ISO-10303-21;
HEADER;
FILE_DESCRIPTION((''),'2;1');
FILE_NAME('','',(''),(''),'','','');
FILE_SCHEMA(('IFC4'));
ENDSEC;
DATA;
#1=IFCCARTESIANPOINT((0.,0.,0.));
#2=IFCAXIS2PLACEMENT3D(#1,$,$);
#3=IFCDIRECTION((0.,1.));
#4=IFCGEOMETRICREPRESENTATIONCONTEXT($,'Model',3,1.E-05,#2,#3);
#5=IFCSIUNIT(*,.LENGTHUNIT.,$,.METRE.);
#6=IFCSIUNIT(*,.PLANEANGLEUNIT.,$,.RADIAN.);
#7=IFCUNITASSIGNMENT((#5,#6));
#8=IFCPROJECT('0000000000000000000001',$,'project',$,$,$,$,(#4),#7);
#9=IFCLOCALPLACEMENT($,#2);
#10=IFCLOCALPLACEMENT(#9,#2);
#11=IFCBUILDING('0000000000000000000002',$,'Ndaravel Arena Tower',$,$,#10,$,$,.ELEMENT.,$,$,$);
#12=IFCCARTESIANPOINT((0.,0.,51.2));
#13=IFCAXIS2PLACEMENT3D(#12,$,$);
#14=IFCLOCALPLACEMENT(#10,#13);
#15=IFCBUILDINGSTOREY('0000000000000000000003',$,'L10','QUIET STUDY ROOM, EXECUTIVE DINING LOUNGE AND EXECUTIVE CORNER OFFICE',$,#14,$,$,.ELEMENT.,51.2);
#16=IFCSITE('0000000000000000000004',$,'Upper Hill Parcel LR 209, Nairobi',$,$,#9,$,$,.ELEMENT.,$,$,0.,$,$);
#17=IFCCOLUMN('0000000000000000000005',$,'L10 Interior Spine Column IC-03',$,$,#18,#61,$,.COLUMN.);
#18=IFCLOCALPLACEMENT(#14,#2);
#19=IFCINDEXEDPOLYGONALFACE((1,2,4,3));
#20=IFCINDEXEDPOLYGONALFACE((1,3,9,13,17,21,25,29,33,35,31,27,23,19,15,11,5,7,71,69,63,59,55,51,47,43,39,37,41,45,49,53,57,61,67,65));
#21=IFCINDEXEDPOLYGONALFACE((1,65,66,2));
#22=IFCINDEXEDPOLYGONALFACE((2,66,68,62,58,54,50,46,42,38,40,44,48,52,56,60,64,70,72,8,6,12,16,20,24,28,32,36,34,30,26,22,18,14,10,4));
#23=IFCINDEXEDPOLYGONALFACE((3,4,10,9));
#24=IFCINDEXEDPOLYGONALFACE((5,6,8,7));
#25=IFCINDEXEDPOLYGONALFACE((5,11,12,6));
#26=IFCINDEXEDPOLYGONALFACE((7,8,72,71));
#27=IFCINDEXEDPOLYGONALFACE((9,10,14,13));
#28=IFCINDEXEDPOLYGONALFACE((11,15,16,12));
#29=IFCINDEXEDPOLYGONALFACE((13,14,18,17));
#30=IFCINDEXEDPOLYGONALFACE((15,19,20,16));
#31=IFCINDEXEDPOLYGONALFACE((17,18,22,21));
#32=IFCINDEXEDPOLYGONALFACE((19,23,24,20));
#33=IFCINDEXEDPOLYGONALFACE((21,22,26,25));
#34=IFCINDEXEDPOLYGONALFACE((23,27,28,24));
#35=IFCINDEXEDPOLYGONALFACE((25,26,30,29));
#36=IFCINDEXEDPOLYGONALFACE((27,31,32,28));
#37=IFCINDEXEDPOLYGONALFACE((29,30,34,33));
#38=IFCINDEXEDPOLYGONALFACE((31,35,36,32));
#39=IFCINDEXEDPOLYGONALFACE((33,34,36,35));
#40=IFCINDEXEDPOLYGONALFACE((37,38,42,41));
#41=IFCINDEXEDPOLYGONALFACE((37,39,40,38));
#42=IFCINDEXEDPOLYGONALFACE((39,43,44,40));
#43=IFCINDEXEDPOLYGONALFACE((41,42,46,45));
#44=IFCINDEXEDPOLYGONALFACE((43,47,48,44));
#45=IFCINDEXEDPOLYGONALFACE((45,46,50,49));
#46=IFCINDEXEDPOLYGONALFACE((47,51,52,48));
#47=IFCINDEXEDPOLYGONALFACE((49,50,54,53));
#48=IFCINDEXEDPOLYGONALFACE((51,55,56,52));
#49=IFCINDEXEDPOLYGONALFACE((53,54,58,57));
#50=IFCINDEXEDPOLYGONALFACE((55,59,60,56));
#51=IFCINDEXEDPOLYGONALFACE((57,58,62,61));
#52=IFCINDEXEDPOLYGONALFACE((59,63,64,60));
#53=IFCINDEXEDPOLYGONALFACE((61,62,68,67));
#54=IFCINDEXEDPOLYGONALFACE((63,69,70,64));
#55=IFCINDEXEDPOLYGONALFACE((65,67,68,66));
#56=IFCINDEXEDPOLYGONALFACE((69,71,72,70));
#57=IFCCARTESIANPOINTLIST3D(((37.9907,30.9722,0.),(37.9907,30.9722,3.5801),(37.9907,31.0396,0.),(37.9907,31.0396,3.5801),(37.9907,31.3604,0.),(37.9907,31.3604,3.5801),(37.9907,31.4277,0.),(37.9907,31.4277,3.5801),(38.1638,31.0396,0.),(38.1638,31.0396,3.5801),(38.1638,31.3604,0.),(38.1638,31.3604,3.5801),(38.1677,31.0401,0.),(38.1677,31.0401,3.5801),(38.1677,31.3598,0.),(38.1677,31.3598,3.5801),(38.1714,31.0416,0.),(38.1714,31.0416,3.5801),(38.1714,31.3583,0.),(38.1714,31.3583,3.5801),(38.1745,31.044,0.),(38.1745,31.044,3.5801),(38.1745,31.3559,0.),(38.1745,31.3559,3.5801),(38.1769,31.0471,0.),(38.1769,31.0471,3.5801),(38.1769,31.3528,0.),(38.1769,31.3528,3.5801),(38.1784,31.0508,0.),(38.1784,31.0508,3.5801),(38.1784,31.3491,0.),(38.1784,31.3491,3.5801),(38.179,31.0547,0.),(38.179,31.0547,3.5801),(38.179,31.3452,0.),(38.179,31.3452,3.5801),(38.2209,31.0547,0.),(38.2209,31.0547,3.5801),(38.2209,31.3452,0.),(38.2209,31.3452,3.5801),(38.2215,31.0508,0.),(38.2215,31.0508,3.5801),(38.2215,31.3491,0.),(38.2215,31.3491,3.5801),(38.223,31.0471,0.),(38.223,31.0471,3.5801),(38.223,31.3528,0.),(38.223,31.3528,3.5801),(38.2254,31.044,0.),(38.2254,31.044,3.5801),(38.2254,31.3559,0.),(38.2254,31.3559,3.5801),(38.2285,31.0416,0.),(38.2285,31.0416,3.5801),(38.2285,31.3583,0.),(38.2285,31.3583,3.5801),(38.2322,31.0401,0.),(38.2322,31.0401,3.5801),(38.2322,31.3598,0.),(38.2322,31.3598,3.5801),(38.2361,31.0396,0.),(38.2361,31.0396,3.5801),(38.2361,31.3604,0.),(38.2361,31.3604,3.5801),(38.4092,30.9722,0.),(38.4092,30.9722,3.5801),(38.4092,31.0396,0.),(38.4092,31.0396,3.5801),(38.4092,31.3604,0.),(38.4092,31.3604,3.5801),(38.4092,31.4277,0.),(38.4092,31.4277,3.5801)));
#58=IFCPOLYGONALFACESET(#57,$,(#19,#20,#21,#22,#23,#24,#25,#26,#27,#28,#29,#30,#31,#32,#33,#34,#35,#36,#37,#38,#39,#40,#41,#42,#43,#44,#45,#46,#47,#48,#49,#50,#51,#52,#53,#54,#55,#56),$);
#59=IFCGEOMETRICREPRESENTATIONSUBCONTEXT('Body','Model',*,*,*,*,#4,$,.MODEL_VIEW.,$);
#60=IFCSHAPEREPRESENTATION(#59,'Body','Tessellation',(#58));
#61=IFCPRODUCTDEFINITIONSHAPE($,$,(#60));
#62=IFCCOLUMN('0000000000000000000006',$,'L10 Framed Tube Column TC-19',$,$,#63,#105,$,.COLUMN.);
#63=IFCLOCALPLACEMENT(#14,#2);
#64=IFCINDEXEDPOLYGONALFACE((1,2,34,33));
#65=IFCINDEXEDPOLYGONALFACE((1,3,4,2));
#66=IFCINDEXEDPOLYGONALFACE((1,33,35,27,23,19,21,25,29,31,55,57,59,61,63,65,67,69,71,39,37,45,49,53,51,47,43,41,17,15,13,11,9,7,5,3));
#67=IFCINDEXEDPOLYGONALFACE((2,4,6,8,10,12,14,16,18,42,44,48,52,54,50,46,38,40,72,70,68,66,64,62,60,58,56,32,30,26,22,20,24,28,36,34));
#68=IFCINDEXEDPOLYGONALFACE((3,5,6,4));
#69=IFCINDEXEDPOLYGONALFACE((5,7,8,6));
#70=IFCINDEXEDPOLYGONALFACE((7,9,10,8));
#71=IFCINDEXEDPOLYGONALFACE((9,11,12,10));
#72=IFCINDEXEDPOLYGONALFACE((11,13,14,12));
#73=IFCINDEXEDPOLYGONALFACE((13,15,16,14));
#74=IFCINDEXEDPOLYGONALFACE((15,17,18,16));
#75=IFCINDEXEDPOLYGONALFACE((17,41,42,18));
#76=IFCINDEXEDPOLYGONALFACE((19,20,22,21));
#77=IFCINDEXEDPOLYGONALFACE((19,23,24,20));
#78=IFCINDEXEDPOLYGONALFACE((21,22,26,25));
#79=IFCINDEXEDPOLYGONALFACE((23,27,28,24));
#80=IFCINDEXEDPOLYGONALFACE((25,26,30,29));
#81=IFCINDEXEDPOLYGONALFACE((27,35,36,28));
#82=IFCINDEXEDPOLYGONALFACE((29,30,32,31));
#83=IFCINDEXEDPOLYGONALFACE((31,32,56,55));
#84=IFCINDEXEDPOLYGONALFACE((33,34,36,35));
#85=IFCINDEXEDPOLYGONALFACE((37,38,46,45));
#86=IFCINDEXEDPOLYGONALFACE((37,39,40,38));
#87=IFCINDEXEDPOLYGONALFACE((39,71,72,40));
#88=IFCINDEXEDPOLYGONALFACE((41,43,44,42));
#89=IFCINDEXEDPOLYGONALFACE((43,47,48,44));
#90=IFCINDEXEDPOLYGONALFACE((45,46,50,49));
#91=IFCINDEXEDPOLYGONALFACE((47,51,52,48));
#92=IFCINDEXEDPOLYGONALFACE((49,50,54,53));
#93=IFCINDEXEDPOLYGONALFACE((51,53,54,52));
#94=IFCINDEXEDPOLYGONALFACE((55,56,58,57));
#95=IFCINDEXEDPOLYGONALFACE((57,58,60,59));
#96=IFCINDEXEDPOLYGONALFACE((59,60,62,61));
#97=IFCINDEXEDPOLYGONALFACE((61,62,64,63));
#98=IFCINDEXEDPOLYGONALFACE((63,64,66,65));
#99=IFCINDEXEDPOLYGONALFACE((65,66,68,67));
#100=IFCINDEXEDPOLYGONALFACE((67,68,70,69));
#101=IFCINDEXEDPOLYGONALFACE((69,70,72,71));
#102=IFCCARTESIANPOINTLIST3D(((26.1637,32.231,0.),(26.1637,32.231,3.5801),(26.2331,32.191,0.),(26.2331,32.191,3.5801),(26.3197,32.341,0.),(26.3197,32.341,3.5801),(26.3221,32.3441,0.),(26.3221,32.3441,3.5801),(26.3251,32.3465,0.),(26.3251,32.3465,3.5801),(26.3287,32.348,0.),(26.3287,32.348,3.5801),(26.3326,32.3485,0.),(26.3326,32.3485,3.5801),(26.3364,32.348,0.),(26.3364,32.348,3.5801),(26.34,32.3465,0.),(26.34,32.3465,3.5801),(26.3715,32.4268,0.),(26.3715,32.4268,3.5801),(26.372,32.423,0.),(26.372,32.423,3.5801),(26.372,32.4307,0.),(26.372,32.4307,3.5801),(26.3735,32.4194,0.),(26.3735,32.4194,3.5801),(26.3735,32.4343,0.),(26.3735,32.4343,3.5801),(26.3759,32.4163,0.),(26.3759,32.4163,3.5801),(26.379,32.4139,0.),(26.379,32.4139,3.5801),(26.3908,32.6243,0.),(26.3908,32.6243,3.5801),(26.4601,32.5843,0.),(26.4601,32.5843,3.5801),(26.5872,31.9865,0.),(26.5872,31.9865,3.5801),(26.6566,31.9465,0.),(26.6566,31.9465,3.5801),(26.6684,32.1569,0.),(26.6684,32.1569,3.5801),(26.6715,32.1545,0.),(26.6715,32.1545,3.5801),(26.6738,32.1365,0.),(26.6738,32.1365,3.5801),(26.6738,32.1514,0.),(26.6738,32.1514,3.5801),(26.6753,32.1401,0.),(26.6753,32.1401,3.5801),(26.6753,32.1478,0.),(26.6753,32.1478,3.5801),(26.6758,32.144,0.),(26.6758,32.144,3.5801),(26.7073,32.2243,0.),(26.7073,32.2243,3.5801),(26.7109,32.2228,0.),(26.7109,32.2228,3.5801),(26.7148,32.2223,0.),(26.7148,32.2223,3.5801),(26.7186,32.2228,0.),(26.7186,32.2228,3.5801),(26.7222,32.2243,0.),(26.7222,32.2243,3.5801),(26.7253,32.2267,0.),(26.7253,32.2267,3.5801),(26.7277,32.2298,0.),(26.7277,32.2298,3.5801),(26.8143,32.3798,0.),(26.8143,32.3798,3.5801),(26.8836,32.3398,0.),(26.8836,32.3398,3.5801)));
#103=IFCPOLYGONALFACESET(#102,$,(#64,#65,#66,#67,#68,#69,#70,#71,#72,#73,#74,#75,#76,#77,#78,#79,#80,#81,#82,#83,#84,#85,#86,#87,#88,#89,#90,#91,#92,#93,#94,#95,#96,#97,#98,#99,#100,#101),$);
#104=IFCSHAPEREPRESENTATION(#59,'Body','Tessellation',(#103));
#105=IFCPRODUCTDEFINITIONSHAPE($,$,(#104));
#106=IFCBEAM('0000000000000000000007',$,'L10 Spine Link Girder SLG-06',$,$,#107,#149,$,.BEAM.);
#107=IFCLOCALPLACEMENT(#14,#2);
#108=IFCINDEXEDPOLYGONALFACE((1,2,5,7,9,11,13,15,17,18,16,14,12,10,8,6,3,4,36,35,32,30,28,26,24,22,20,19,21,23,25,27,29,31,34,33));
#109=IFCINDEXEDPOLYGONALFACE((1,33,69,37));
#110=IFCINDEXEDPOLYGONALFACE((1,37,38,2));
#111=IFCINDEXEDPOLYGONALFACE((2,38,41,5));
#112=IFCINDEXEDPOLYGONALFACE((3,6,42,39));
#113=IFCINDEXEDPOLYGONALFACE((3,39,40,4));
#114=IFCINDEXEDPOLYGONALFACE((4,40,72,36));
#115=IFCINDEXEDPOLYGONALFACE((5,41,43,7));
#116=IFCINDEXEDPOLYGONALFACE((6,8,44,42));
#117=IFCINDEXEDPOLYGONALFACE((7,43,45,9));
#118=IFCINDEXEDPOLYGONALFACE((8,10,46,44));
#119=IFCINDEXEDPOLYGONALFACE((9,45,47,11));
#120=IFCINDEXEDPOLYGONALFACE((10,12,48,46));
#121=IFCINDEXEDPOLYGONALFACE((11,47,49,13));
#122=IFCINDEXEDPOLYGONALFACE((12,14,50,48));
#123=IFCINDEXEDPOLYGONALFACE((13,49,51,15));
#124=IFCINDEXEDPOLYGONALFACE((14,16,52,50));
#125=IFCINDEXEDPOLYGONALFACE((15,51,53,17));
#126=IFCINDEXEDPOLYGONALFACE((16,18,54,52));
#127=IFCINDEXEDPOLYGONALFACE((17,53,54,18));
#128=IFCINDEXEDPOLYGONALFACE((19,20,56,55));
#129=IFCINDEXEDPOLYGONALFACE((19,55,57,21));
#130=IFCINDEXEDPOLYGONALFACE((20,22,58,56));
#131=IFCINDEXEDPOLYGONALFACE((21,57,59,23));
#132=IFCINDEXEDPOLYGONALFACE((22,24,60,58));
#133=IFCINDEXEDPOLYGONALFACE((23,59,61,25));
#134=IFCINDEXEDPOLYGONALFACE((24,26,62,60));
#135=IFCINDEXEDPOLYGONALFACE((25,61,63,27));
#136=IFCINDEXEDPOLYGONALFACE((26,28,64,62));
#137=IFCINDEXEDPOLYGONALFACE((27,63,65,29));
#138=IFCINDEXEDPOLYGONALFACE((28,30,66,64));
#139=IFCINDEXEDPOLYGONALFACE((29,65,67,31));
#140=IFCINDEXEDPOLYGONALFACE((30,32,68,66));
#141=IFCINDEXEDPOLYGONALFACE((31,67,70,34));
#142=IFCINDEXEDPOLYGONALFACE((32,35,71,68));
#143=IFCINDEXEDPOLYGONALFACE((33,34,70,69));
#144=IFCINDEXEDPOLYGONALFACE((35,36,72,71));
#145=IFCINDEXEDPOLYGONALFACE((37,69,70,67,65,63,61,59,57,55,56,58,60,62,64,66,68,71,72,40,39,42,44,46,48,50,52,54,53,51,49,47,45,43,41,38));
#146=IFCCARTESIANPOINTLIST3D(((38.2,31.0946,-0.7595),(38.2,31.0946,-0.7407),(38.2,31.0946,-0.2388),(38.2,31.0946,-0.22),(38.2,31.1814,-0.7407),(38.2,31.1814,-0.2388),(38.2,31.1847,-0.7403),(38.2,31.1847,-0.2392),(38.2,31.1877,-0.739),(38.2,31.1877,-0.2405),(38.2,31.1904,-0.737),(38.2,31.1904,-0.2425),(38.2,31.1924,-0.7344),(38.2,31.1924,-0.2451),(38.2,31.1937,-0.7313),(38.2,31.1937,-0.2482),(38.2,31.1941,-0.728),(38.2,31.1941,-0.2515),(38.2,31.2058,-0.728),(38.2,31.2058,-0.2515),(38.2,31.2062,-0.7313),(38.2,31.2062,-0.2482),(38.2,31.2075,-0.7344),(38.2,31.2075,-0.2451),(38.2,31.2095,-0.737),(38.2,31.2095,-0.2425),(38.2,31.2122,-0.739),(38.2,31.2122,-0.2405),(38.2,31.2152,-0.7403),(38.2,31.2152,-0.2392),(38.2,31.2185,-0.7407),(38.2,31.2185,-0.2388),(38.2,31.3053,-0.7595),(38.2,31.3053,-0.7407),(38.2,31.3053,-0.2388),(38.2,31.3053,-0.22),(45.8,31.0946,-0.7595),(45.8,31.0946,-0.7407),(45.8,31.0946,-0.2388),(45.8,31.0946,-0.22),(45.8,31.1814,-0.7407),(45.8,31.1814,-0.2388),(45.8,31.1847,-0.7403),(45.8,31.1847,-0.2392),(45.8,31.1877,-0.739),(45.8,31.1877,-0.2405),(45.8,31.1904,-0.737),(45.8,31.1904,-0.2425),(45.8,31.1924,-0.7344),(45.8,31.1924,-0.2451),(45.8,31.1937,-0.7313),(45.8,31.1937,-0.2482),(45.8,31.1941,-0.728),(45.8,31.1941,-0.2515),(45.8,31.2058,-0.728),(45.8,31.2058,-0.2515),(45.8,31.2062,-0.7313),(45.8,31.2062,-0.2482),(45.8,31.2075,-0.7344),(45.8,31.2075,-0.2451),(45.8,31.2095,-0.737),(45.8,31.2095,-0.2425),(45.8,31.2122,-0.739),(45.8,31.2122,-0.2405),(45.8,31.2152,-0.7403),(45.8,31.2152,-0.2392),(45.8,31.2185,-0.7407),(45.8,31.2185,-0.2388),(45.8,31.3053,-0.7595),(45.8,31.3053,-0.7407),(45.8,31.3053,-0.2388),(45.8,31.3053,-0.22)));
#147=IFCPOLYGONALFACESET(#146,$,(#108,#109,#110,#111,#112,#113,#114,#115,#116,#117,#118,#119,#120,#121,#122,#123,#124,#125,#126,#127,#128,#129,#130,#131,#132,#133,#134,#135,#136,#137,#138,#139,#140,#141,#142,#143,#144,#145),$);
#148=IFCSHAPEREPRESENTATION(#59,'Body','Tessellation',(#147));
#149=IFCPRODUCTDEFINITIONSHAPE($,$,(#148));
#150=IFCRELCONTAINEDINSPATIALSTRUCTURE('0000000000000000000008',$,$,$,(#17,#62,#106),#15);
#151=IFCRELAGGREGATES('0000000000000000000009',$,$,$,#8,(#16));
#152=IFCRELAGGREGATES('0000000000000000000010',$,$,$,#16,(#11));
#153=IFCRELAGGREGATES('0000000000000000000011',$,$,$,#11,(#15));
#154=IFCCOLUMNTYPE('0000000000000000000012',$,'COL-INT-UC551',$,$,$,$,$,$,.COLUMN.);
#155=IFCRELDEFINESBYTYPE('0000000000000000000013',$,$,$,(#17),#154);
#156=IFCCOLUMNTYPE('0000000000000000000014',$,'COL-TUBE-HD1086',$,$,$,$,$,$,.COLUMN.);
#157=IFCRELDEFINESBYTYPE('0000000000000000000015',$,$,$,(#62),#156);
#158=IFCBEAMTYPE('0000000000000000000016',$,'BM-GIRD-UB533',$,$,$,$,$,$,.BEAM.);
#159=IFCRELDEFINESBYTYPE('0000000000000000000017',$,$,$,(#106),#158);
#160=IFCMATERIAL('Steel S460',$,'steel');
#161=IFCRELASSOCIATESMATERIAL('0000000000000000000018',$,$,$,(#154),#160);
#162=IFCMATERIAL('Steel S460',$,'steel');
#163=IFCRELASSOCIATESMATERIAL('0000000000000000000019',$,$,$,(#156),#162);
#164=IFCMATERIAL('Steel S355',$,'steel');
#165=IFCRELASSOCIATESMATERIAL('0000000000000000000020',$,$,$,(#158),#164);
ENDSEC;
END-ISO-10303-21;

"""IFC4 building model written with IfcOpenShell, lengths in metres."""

from ifc_helpers import new_model, si_unit, direction, frame, origin, origin_2d, place, context, subcontext, project, spatial, i_section, extrude, material, material_profile, profile_set, type_object, element, save


model = new_model("IFC4")

# Units and contexts
model_context = context("Model", 3, precision=1e-05, world=origin(), true_north=direction((0.0, 1.0)))
body_context = subcontext(model_context, "Body", "Model", "MODEL_VIEW")
ifc_project = project(units=[si_unit("LENGTHUNIT", "METRE"), si_unit("PLANEANGLEUNIT", "RADIAN")], contexts=[model_context])

# Site, building, storey
site_placement = place(None, origin())
site = spatial("IfcSite", under=ifc_project, at=site_placement, Name="Upper Hill Parcel LR 209, Nairobi", CompositionType="ELEMENT", RefElevation=0.0)
building_placement = place(site_placement, origin())
building = spatial("IfcBuilding", under=site, at=building_placement, Name="Ndaravel Arena Tower", CompositionType="ELEMENT")
storey_placement = place(building_placement, frame((0.0, 0.0, 51.2)))
storey = spatial("IfcBuildingStorey", under=building, at=storey_placement, Name="L10", Description="QUIET STUDY ROOM, EXECUTIVE DINING LOUNGE AND EXECUTIVE CORNER OFFICE", CompositionType="ELEMENT", Elevation=51.2)

# Columns
ifc_material_1 = material(Name="Steel S460", Category="steel")
ifc_material_profile_1 = material_profile(ifc_material_1, i_section(OverallWidth=0.4185, OverallDepth=0.4556, WebThickness=0.042, FlangeThickness=0.0674, FilletRadius=0.0151, at=origin_2d()), Name="UC 356x406x551")
ifc_profile_set_1 = profile_set([ifc_material_profile_1], Name="Steel S460")
column_type_1 = type_object("IfcColumnType", Name="COL-INT-UC551", PredefinedType="COLUMN", material=ifc_profile_set_1)
column_1_placement = place(storey_placement, frame((38.2, 31.2, 0.0), z_axis=(0.0, 0.0, 1.0), x_axis=(1.0, 0.0, 0.0)))
element("IfcColumn", 1, at=column_1_placement, inside=storey, type_object=column_type_1, Name="L10 Interior Spine Column IC-03", PredefinedType="COLUMN", context=body_context, shape_type="SweptSolid", body=[
    extrude(i_section(OverallWidth=0.4185, OverallDepth=0.4556, WebThickness=0.042, FlangeThickness=0.0674, FilletRadius=0.0151, at=origin_2d()), origin(), (0.0, 0.0, 1.0), 3.5801),
])
ifc_material_2 = material(Name="Steel S460", Category="steel")
ifc_material_profile_2 = material_profile(ifc_material_2, i_section(OverallWidth=0.4541, OverallDepth=0.5691, WebThickness=0.0779, FlangeThickness=0.0801, FilletRadius=0.0149, at=origin_2d()), Name="HD 400x1086")
ifc_profile_set_2 = profile_set([ifc_material_profile_2], Name="Steel S460")
column_type_2 = type_object("IfcColumnType", Name="COL-TUBE-HD1086", PredefinedType="COLUMN", material=ifc_profile_set_2)
column_2_placement = place(storey_placement, frame((26.5237, 32.2854, 0.0), z_axis=(0.0, 0.0, 1.0), x_axis=(0.5, 0.866025, 0.0)))
element("IfcColumn", 2, at=column_2_placement, inside=storey, type_object=column_type_2, Name="L10 Framed Tube Column TC-19", PredefinedType="COLUMN", context=body_context, shape_type="SweptSolid", body=[
    extrude(i_section(OverallWidth=0.4541, OverallDepth=0.5691, WebThickness=0.0779, FlangeThickness=0.0801, FilletRadius=0.0149, at=origin_2d()), origin(), (0.0, 0.0, 1.0), 3.5801),
])

# Beam
ifc_material_3 = material(Name="Steel S355", Category="steel")
ifc_material_profile_3 = material_profile(ifc_material_3, i_section(OverallWidth=0.2107, OverallDepth=0.5396, WebThickness=0.0117, FlangeThickness=0.0188, FilletRadius=0.0127, at=origin_2d()), Name="UB 533x210x109")
ifc_profile_set_3 = profile_set([ifc_material_profile_3], Name="Steel S355")
beam_type_1 = type_object("IfcBeamType", Name="BM-GIRD-UB533", PredefinedType="BEAM", material=ifc_profile_set_3)
beam_1_placement = place(storey_placement, frame((38.2, 31.2, -0.4897), z_axis=(1.0, 0.0, 0.0), x_axis=(0.0, 1.0, 0.0)))
element("IfcBeam", 3, at=beam_1_placement, inside=storey, type_object=beam_type_1, Name="L10 Spine Link Girder SLG-06", PredefinedType="BEAM", context=body_context, shape_type="SweptSolid", body=[
    extrude(i_section(OverallWidth=0.2107, OverallDepth=0.5396, WebThickness=0.0117, FlangeThickness=0.0188, FilletRadius=0.0127, at=origin_2d()), origin(), (0.0, 0.0, 1.0), 7.6001),
])

save(model, "model.ifc")
